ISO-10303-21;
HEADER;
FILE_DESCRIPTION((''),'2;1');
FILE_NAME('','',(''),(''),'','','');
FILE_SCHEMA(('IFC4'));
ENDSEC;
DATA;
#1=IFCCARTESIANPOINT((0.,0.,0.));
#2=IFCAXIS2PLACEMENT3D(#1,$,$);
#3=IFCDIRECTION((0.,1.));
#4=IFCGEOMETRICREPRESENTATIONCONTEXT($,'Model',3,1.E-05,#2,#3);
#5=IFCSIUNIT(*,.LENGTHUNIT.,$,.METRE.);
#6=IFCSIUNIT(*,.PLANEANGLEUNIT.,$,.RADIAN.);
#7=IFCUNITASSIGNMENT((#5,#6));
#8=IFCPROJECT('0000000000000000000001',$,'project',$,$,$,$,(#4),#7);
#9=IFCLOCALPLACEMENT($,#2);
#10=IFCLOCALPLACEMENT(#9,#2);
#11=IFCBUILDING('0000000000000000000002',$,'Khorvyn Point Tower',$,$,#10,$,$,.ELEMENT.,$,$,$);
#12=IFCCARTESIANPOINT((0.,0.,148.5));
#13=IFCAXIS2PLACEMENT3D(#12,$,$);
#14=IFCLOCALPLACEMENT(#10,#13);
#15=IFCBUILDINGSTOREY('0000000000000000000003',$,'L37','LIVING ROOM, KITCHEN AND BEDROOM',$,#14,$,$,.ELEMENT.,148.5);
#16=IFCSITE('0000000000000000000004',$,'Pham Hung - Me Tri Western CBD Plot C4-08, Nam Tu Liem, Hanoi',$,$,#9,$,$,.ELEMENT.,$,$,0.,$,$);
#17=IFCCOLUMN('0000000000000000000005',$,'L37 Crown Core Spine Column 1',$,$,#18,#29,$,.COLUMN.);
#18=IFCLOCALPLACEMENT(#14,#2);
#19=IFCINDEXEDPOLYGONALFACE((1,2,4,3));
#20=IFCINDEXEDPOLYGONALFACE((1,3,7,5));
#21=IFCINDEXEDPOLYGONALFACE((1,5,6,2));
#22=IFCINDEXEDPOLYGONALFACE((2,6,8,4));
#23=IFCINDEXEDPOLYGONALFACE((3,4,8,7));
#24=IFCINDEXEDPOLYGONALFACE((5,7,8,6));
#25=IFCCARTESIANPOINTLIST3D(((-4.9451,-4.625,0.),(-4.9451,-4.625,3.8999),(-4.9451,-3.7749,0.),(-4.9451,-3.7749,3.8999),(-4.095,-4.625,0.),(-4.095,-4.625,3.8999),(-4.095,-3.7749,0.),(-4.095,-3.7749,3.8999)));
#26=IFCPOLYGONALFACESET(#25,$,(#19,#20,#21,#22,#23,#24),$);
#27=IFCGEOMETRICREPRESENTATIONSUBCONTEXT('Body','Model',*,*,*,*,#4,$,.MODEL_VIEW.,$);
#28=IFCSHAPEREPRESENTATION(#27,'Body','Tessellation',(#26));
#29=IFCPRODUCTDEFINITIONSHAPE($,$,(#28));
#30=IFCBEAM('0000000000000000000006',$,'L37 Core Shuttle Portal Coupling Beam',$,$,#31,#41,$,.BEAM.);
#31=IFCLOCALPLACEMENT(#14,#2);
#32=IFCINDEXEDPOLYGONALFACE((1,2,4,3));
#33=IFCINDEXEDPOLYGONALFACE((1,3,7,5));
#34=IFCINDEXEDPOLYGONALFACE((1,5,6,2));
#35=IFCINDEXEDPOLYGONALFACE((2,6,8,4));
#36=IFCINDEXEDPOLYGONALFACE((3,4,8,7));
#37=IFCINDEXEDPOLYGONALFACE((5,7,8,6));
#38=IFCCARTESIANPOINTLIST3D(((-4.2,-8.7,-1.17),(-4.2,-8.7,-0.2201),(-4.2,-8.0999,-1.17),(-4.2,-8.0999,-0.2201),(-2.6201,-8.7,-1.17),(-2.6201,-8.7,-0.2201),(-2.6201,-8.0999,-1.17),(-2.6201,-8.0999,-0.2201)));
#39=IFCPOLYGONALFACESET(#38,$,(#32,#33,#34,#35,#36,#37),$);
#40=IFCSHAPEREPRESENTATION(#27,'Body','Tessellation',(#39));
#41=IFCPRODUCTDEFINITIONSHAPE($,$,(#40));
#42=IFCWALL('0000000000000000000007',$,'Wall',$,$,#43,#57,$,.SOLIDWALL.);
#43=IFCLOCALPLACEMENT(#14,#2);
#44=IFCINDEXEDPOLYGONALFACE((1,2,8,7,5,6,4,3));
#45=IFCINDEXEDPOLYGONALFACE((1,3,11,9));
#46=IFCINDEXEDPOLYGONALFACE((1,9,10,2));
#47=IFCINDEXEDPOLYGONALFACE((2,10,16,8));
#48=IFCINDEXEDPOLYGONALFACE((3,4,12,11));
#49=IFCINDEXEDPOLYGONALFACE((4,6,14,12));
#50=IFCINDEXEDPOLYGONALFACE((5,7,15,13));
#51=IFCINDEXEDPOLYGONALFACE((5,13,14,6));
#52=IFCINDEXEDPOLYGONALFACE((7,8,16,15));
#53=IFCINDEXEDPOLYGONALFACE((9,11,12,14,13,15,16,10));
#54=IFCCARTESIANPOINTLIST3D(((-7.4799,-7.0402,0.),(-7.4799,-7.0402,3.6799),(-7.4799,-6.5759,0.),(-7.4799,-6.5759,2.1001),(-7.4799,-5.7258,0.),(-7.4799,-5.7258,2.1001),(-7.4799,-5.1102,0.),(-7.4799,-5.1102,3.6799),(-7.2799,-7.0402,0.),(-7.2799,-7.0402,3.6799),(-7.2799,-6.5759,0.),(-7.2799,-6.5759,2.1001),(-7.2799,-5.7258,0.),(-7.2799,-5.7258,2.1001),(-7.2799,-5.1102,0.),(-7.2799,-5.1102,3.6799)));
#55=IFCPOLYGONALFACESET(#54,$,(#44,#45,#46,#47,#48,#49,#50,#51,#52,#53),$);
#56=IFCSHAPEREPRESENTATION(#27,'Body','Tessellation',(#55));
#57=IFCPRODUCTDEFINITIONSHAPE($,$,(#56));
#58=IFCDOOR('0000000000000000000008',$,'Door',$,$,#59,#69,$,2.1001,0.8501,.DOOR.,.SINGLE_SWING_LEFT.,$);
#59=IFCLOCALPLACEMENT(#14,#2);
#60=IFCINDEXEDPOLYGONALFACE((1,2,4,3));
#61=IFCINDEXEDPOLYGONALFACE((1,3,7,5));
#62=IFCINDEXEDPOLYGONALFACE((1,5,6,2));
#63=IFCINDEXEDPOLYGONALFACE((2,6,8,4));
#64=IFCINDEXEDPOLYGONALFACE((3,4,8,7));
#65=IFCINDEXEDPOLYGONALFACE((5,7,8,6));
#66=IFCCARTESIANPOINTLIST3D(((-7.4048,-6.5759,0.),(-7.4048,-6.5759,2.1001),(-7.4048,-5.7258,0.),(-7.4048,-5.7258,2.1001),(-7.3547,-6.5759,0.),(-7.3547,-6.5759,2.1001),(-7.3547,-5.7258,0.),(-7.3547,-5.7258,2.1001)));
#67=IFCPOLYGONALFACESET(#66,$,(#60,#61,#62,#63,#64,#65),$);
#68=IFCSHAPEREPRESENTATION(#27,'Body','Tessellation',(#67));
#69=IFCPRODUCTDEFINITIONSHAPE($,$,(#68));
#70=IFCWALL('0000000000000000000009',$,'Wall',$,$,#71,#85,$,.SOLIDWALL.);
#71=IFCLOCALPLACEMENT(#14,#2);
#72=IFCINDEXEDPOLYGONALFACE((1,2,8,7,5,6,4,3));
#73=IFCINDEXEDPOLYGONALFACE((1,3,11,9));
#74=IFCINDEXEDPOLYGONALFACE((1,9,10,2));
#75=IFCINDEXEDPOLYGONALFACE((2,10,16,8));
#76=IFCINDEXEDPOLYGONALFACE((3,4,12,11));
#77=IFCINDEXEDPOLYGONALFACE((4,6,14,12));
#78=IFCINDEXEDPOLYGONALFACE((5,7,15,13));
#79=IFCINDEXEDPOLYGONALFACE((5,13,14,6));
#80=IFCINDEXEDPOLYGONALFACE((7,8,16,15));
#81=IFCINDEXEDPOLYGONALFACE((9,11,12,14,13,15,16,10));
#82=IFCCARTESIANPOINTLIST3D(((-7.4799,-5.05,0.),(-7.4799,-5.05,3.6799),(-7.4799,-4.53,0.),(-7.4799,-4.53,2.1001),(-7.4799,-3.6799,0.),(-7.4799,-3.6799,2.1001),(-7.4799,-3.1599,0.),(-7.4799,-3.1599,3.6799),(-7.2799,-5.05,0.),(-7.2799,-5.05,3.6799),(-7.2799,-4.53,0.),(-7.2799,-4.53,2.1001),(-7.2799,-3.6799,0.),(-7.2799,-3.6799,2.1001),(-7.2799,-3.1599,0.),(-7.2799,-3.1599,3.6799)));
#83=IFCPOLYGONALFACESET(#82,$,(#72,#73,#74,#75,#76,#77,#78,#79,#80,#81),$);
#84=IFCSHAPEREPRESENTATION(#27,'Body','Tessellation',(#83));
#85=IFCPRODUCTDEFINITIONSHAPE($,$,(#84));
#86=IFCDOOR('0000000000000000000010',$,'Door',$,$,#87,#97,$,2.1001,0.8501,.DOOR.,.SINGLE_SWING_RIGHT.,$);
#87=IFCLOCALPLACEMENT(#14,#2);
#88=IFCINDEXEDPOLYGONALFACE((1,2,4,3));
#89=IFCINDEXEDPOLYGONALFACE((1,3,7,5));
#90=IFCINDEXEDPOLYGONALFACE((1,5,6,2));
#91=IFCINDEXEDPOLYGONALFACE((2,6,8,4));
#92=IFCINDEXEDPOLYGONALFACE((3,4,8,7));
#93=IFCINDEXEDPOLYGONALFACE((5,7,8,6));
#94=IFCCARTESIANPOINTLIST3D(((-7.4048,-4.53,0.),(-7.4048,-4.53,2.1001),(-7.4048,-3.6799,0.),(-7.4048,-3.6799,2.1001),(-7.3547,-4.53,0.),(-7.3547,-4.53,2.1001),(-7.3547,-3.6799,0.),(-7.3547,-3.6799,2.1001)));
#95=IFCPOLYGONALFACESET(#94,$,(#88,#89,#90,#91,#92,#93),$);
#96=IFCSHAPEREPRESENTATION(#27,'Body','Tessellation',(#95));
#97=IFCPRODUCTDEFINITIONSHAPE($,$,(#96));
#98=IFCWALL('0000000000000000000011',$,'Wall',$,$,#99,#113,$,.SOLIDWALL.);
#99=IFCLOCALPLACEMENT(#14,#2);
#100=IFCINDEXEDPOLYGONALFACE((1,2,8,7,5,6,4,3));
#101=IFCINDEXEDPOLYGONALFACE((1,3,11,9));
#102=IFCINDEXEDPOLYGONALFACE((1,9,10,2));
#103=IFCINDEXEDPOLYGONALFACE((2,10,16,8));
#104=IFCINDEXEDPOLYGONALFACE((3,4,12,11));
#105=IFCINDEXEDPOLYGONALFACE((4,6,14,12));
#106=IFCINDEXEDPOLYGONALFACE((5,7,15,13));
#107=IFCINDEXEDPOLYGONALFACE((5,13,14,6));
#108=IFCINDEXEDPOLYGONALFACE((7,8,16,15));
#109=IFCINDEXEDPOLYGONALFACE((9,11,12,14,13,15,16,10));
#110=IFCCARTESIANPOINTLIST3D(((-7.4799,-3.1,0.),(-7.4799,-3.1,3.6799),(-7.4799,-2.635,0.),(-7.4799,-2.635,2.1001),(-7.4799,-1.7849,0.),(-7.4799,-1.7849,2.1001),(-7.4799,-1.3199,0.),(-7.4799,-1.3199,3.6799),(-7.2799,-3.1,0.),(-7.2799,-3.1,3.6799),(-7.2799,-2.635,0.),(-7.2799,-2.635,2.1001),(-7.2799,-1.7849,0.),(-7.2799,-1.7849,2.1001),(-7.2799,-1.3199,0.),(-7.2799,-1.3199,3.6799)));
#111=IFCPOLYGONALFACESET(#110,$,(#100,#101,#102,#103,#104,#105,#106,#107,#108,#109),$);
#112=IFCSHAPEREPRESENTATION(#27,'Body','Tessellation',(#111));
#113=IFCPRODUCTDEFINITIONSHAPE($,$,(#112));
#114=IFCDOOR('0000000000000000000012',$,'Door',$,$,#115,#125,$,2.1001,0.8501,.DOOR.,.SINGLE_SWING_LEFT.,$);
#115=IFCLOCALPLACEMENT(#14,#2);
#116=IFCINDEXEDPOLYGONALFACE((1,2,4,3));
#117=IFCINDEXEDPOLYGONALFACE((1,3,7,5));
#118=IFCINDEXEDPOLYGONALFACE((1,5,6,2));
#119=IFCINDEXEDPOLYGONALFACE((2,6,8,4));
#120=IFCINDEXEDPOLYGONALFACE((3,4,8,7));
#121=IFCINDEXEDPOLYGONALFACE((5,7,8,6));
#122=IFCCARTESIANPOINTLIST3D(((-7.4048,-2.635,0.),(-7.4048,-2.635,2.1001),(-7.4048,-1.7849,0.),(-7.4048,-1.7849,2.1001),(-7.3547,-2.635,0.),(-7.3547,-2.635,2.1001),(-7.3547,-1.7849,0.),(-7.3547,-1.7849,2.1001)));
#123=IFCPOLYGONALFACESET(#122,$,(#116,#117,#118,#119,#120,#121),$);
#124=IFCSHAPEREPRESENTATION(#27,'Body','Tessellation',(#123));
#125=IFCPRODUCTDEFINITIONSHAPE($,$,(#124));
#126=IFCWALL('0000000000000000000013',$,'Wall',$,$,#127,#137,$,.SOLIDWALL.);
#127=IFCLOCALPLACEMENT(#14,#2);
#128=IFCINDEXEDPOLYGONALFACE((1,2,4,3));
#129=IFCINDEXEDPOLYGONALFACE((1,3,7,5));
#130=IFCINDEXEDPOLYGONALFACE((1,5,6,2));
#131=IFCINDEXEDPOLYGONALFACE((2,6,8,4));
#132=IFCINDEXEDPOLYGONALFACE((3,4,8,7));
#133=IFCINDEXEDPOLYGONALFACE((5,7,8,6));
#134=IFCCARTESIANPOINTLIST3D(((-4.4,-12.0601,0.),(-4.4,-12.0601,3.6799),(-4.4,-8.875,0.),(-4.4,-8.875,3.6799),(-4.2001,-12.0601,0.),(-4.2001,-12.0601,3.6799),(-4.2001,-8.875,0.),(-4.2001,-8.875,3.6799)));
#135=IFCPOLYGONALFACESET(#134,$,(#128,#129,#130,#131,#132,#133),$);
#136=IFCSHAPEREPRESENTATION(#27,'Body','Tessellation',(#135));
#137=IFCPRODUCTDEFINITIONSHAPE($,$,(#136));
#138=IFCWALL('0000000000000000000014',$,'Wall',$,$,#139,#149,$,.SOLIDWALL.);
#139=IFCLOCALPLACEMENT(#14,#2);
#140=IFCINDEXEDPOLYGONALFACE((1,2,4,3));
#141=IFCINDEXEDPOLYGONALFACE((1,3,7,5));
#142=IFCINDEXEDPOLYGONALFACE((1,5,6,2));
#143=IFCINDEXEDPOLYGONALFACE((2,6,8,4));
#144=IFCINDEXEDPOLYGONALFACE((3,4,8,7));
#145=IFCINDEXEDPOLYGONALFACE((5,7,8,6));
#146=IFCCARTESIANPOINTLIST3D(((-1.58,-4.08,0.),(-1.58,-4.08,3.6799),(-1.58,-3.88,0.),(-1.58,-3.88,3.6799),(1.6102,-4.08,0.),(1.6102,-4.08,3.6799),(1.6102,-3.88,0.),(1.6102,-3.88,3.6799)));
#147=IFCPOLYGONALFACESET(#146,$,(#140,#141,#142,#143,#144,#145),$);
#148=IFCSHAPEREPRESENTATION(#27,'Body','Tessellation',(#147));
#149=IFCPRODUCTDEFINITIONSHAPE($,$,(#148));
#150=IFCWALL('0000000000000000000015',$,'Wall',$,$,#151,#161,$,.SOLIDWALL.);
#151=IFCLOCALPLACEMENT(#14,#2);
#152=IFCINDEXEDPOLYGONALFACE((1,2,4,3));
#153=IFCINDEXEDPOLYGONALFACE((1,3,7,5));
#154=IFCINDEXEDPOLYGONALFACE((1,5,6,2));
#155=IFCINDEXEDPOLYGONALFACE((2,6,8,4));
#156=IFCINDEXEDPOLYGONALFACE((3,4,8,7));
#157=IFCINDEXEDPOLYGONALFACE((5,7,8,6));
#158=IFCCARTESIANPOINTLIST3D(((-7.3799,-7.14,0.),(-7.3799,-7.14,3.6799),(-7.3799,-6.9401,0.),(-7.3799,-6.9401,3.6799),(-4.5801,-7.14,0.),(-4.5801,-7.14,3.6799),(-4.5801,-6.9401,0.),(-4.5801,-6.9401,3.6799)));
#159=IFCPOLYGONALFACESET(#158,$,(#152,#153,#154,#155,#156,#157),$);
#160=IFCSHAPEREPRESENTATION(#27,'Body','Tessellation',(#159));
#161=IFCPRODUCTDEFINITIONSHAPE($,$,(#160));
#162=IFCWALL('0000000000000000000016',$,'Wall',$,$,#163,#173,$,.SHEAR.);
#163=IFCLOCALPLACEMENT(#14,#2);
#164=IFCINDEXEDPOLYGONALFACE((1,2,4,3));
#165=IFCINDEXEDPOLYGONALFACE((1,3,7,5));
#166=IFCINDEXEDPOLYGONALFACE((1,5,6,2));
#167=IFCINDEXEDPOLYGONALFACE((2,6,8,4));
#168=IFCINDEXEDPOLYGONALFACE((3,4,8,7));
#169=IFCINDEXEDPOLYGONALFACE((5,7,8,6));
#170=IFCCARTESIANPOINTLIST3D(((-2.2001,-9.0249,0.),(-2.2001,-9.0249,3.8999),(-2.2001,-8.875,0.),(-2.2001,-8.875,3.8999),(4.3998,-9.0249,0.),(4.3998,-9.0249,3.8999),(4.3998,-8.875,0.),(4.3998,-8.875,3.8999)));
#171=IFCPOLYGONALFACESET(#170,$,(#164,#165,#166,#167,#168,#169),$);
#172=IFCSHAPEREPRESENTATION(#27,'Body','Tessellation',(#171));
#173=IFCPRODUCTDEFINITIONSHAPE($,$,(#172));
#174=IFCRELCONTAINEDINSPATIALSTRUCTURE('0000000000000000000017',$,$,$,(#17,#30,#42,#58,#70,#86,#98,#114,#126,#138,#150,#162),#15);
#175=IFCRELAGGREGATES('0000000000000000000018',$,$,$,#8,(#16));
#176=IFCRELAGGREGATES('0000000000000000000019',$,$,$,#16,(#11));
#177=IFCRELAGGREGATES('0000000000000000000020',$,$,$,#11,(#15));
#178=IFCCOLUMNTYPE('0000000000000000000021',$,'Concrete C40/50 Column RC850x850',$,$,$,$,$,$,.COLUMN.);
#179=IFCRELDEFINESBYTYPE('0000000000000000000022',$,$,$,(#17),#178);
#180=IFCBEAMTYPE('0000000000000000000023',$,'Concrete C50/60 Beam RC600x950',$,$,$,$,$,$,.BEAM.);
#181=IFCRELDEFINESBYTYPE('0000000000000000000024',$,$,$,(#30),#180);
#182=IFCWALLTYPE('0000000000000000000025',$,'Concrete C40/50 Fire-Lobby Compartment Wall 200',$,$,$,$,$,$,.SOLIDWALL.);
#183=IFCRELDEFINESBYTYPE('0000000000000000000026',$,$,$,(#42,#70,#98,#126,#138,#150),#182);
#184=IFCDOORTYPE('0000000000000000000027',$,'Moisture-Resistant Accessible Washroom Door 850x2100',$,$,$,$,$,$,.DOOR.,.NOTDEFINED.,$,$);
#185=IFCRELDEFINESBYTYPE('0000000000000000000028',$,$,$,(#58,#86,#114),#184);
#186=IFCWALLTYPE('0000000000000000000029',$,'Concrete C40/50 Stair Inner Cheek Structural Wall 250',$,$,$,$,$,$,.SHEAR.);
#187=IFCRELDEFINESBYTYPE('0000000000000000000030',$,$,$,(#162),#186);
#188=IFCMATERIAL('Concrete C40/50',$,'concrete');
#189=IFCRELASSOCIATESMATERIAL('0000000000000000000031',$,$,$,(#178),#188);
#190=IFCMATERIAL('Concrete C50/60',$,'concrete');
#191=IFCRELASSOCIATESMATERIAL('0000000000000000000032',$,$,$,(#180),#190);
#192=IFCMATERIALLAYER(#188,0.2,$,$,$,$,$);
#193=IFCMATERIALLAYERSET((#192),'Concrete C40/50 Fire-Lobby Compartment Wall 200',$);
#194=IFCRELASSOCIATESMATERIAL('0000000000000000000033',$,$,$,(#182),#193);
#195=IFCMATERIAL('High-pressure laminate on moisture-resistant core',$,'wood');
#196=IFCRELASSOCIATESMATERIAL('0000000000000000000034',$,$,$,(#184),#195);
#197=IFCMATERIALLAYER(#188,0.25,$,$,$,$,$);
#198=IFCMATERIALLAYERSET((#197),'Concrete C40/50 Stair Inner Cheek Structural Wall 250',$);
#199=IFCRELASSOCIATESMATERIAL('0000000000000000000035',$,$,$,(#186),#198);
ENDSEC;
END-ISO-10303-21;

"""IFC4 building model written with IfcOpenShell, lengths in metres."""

from ifc_helpers import new_model, si_unit, direction, frame, frame_2d, origin, origin_2d, place, context, subcontext, project, spatial, rectangle, extrude, material, layer, layer_set, material_profile, profile_set, type_object, element, fill, save


model = new_model("IFC4")

# Units and contexts
model_context = context("Model", 3, precision=1e-05, world=origin(), true_north=direction((0.0, 1.0)))
body_context = subcontext(model_context, "Body", "Model", "MODEL_VIEW")
ifc_project = project(units=[si_unit("LENGTHUNIT", "METRE"), si_unit("PLANEANGLEUNIT", "RADIAN")], contexts=[model_context])

# Site, building, storey
site_placement = place(None, origin())
site = spatial("IfcSite", under=ifc_project, at=site_placement, Name="Pham Hung - Me Tri Western CBD Plot C4-08, Nam Tu Liem, Hanoi", CompositionType="ELEMENT", RefElevation=0.0)
building_placement = place(site_placement, origin())
building = spatial("IfcBuilding", under=site, at=building_placement, Name="Khorvyn Point Tower", CompositionType="ELEMENT")
storey_placement = place(building_placement, frame((0.0, 0.0, 148.5)))
storey = spatial("IfcBuildingStorey", under=building, at=storey_placement, Name="L37", Description="LIVING ROOM, KITCHEN AND BEDROOM", CompositionType="ELEMENT", Elevation=148.5)

# Column
ifc_material_1 = material(Name="Concrete C40/50", Category="concrete")
ifc_material_profile_1 = material_profile(ifc_material_1, rectangle(XDim=0.8501, YDim=0.8501, at=origin_2d()))
ifc_profile_set_1 = profile_set([ifc_material_profile_1], Name="Concrete C40/50 RC850x850")
column_type = type_object("IfcColumnType", Name="Concrete C40/50 Column RC850x850", PredefinedType="COLUMN", material=ifc_profile_set_1)
column_placement = place(storey_placement, frame((-4.52, -4.2, 0.0), z_axis=(0.0, 0.0, 1.0), x_axis=(1.0, 0.0, 0.0)))
element("IfcColumn", 1, at=column_placement, inside=storey, type_object=column_type, Name="L37 Crown Core Spine Column 1", PredefinedType="COLUMN", context=body_context, shape_type="SweptSolid", body=[
    extrude(rectangle(XDim=0.8501, YDim=0.8501, at=origin_2d()), origin(), (0.0, 0.0, 1.0), 3.8999),
])

# Beam
ifc_material_2 = material(Name="Concrete C50/60", Category="concrete")
ifc_material_profile_2 = material_profile(ifc_material_2, rectangle(XDim=0.6001, YDim=0.95, at=origin_2d()))
ifc_profile_set_2 = profile_set([ifc_material_profile_2], Name="Concrete C50/60 RC600x950")
beam_type = type_object("IfcBeamType", Name="Concrete C50/60 Beam RC600x950", PredefinedType="BEAM", material=ifc_profile_set_2)
beam_placement = place(storey_placement, frame((-4.2, -8.3999, -0.6951), z_axis=(1.0, 0.0, 0.0), x_axis=(0.0, 1.0, 0.0)))
element("IfcBeam", 2, at=beam_placement, inside=storey, type_object=beam_type, Name="L37 Core Shuttle Portal Coupling Beam", PredefinedType="BEAM", context=body_context, shape_type="SweptSolid", body=[
    extrude(rectangle(XDim=0.6001, YDim=0.95, at=origin_2d()), origin(), (0.0, 0.0, 1.0), 1.5798),
])

# Walls, openings, doors
ifc_layer_1 = layer(ifc_material_1, 0.2)
ifc_layer_set_1 = layer_set([ifc_layer_1], Name="Concrete C40/50 Fire-Lobby Compartment Wall 200")
wall_type_1 = type_object("IfcWallType", Name="Concrete C40/50 Fire-Lobby Compartment Wall 200", PredefinedType="SOLIDWALL", material=ifc_layer_set_1)
wall_1_placement = place(storey_placement, frame((-7.3799, -7.04, 0.0), z_axis=(0.0, 0.0, 1.0), x_axis=(0.0, 1.0, 0.0)))
wall_1 = element("IfcWall", 3, at=wall_1_placement, inside=storey, type_object=wall_type_1, Name="Wall", PredefinedType="SOLIDWALL", context=body_context, shape_type="SweptSolid", body=[
    extrude(rectangle(XDim=1.9299, YDim=0.2, at=frame_2d((0.9648, 0.0))), origin(), (0.0, 0.0, 1.0), 3.6799),
])
opening_1_placement = place(wall_1_placement, frame((0.4641, 0.0, 0.0)))
opening_1 = element("IfcOpeningElement", 4, at=opening_1_placement, cuts=wall_1, PredefinedType="OPENING", context=body_context, shape_type="SweptSolid", body=[
    extrude(rectangle(XDim=0.8501, YDim=2.1001, at=frame_2d((0.425, 1.05))), frame((0.0, 0.1099, 0.0), z_axis=(0.0, -1.0, 0.0), x_axis=(1.0, 0.0, 0.0)), (0.0, 0.0, 1.0), 0.22),
])
ifc_material_3 = material(Name="High-pressure laminate on moisture-resistant core", Category="wood")
door_type = type_object("IfcDoorType", Name="Moisture-Resistant Accessible Washroom Door 850x2100", OperationType="NOTDEFINED", PredefinedType="DOOR", material=ifc_material_3)
door_1_placement = place(opening_1_placement, origin())
door_1 = element("IfcDoor", 5, at=door_1_placement, inside=storey, type_object=door_type, Name="Door", OperationType="SINGLE_SWING_LEFT", OverallHeight=2.1001, OverallWidth=0.8501, PredefinedType="DOOR", context=body_context, shape_type="SweptSolid", body=[
    extrude(rectangle(XDim=0.8501, YDim=2.1001, at=frame_2d((0.425, 1.05))), frame((0.0, 0.0249, 0.0), z_axis=(0.0, -1.0, 0.0), x_axis=(1.0, 0.0, 0.0)), (0.0, 0.0, 1.0), 0.05),
])
fill(opening_1, door_1)
wall_2_placement = place(storey_placement, frame((-7.3799, -5.05, 0.0), z_axis=(0.0, 0.0, 1.0), x_axis=(0.0, 1.0, 0.0)))
wall_2 = element("IfcWall", 6, at=wall_2_placement, inside=storey, type_object=wall_type_1, Name="Wall", PredefinedType="SOLIDWALL", context=body_context, shape_type="SweptSolid", body=[
    extrude(rectangle(XDim=1.8901, YDim=0.2, at=frame_2d((0.9451, 0.0))), origin(), (0.0, 0.0, 1.0), 3.6799),
])
opening_2_placement = place(wall_2_placement, frame((0.52, 0.0, 0.0)))
opening_2 = element("IfcOpeningElement", 7, at=opening_2_placement, cuts=wall_2, PredefinedType="OPENING", context=body_context, shape_type="SweptSolid", body=[
    extrude(rectangle(XDim=0.8501, YDim=2.1001, at=frame_2d((0.425, 1.05))), frame((0.0, 0.1099, 0.0), z_axis=(0.0, -1.0, 0.0), x_axis=(1.0, 0.0, 0.0)), (0.0, 0.0, 1.0), 0.22),
])
door_2_placement = place(opening_2_placement, origin())
door_2 = element("IfcDoor", 8, at=door_2_placement, inside=storey, type_object=door_type, Name="Door", OperationType="SINGLE_SWING_RIGHT", OverallHeight=2.1001, OverallWidth=0.8501, PredefinedType="DOOR", context=body_context, shape_type="SweptSolid", body=[
    extrude(rectangle(XDim=0.8501, YDim=2.1001, at=frame_2d((0.425, 1.05))), frame((0.0, 0.0249, 0.0), z_axis=(0.0, -1.0, 0.0), x_axis=(1.0, 0.0, 0.0)), (0.0, 0.0, 1.0), 0.05),
])
fill(opening_2, door_2)
wall_3_placement = place(storey_placement, frame((-7.3799, -3.1001, 0.0), z_axis=(0.0, 0.0, 1.0), x_axis=(0.0, 1.0, 0.0)))
wall_3 = element("IfcWall", 9, at=wall_3_placement, inside=storey, type_object=wall_type_1, Name="Wall", PredefinedType="SOLIDWALL", context=body_context, shape_type="SweptSolid", body=[
    extrude(rectangle(XDim=1.78, YDim=0.2, at=frame_2d((0.8901, 0.0))), origin(), (0.0, 0.0, 1.0), 3.6799),
])
opening_3_placement = place(wall_3_placement, frame((0.4651, 0.0, 0.0)))
opening_3 = element("IfcOpeningElement", 10, at=opening_3_placement, cuts=wall_3, PredefinedType="OPENING", context=body_context, shape_type="SweptSolid", body=[
    extrude(rectangle(XDim=0.8501, YDim=2.1001, at=frame_2d((0.425, 1.05))), frame((0.0, 0.1099, 0.0), z_axis=(0.0, -1.0, 0.0), x_axis=(1.0, 0.0, 0.0)), (0.0, 0.0, 1.0), 0.22),
])
door_3_placement = place(opening_3_placement, origin())
door_3 = element("IfcDoor", 11, at=door_3_placement, inside=storey, type_object=door_type, Name="Door", OperationType="SINGLE_SWING_LEFT", OverallHeight=2.1001, OverallWidth=0.8501, PredefinedType="DOOR", context=body_context, shape_type="SweptSolid", body=[
    extrude(rectangle(XDim=0.8501, YDim=2.1001, at=frame_2d((0.425, 1.05))), frame((0.0, 0.0249, 0.0), z_axis=(0.0, -1.0, 0.0), x_axis=(1.0, 0.0, 0.0)), (0.0, 0.0, 1.0), 0.05),
])
fill(opening_3, door_3)

# Walls
wall_4_placement = place(storey_placement, frame((-4.3, -12.0601, 0.0), z_axis=(0.0, 0.0, 1.0), x_axis=(0.0, 1.0, 0.0)))
element("IfcWall", 12, at=wall_4_placement, inside=storey, type_object=wall_type_1, Name="Wall", PredefinedType="SOLIDWALL", context=body_context, shape_type="SweptSolid", body=[
    extrude(rectangle(XDim=3.1851, YDim=0.2, at=frame_2d((1.5925, 0.0))), origin(), (0.0, 0.0, 1.0), 3.6799),
])
wall_5_placement = place(storey_placement, frame((-1.5801, -3.98, 0.0), z_axis=(0.0, 0.0, 1.0), x_axis=(1.0, 0.0, 0.0)))
element("IfcWall", 13, at=wall_5_placement, inside=storey, type_object=wall_type_1, Name="Wall", PredefinedType="SOLIDWALL", context=body_context, shape_type="SweptSolid", body=[
    extrude(rectangle(XDim=3.1902, YDim=0.2, at=frame_2d((1.5952, 0.0))), origin(), (0.0, 0.0, 1.0), 3.6799),
])
wall_6_placement = place(storey_placement, frame((-7.3799, -7.04, 0.0), z_axis=(0.0, 0.0, 1.0), x_axis=(1.0, 0.0, 0.0)))
element("IfcWall", 14, at=wall_6_placement, inside=storey, type_object=wall_type_1, Name="Wall", PredefinedType="SOLIDWALL", context=body_context, shape_type="SweptSolid", body=[
    extrude(rectangle(XDim=2.7998, YDim=0.2, at=frame_2d((1.3999, 0.0))), origin(), (0.0, 0.0, 1.0), 3.6799),
])
ifc_layer_2 = layer(ifc_material_1, 0.25)
ifc_layer_set_2 = layer_set([ifc_layer_2], Name="Concrete C40/50 Stair Inner Cheek Structural Wall 250")
wall_type_2 = type_object("IfcWallType", Name="Concrete C40/50 Stair Inner Cheek Structural Wall 250", PredefinedType="SHEAR", material=ifc_layer_set_2)
wall_7_placement = place(storey_placement, frame((-2.2, -8.95, 0.0), z_axis=(0.0, 0.0, 1.0), x_axis=(1.0, 0.0, 0.0)))
element("IfcWall", 15, at=wall_7_placement, inside=storey, type_object=wall_type_2, Name="Wall", PredefinedType="SHEAR", context=body_context, shape_type="SweptSolid", body=[
    extrude(rectangle(XDim=6.5999, YDim=0.1499, at=frame_2d((3.2998, 0.0))), origin(), (0.0, 0.0, 1.0), 3.8999),
])

save(model, "model.ifc")
